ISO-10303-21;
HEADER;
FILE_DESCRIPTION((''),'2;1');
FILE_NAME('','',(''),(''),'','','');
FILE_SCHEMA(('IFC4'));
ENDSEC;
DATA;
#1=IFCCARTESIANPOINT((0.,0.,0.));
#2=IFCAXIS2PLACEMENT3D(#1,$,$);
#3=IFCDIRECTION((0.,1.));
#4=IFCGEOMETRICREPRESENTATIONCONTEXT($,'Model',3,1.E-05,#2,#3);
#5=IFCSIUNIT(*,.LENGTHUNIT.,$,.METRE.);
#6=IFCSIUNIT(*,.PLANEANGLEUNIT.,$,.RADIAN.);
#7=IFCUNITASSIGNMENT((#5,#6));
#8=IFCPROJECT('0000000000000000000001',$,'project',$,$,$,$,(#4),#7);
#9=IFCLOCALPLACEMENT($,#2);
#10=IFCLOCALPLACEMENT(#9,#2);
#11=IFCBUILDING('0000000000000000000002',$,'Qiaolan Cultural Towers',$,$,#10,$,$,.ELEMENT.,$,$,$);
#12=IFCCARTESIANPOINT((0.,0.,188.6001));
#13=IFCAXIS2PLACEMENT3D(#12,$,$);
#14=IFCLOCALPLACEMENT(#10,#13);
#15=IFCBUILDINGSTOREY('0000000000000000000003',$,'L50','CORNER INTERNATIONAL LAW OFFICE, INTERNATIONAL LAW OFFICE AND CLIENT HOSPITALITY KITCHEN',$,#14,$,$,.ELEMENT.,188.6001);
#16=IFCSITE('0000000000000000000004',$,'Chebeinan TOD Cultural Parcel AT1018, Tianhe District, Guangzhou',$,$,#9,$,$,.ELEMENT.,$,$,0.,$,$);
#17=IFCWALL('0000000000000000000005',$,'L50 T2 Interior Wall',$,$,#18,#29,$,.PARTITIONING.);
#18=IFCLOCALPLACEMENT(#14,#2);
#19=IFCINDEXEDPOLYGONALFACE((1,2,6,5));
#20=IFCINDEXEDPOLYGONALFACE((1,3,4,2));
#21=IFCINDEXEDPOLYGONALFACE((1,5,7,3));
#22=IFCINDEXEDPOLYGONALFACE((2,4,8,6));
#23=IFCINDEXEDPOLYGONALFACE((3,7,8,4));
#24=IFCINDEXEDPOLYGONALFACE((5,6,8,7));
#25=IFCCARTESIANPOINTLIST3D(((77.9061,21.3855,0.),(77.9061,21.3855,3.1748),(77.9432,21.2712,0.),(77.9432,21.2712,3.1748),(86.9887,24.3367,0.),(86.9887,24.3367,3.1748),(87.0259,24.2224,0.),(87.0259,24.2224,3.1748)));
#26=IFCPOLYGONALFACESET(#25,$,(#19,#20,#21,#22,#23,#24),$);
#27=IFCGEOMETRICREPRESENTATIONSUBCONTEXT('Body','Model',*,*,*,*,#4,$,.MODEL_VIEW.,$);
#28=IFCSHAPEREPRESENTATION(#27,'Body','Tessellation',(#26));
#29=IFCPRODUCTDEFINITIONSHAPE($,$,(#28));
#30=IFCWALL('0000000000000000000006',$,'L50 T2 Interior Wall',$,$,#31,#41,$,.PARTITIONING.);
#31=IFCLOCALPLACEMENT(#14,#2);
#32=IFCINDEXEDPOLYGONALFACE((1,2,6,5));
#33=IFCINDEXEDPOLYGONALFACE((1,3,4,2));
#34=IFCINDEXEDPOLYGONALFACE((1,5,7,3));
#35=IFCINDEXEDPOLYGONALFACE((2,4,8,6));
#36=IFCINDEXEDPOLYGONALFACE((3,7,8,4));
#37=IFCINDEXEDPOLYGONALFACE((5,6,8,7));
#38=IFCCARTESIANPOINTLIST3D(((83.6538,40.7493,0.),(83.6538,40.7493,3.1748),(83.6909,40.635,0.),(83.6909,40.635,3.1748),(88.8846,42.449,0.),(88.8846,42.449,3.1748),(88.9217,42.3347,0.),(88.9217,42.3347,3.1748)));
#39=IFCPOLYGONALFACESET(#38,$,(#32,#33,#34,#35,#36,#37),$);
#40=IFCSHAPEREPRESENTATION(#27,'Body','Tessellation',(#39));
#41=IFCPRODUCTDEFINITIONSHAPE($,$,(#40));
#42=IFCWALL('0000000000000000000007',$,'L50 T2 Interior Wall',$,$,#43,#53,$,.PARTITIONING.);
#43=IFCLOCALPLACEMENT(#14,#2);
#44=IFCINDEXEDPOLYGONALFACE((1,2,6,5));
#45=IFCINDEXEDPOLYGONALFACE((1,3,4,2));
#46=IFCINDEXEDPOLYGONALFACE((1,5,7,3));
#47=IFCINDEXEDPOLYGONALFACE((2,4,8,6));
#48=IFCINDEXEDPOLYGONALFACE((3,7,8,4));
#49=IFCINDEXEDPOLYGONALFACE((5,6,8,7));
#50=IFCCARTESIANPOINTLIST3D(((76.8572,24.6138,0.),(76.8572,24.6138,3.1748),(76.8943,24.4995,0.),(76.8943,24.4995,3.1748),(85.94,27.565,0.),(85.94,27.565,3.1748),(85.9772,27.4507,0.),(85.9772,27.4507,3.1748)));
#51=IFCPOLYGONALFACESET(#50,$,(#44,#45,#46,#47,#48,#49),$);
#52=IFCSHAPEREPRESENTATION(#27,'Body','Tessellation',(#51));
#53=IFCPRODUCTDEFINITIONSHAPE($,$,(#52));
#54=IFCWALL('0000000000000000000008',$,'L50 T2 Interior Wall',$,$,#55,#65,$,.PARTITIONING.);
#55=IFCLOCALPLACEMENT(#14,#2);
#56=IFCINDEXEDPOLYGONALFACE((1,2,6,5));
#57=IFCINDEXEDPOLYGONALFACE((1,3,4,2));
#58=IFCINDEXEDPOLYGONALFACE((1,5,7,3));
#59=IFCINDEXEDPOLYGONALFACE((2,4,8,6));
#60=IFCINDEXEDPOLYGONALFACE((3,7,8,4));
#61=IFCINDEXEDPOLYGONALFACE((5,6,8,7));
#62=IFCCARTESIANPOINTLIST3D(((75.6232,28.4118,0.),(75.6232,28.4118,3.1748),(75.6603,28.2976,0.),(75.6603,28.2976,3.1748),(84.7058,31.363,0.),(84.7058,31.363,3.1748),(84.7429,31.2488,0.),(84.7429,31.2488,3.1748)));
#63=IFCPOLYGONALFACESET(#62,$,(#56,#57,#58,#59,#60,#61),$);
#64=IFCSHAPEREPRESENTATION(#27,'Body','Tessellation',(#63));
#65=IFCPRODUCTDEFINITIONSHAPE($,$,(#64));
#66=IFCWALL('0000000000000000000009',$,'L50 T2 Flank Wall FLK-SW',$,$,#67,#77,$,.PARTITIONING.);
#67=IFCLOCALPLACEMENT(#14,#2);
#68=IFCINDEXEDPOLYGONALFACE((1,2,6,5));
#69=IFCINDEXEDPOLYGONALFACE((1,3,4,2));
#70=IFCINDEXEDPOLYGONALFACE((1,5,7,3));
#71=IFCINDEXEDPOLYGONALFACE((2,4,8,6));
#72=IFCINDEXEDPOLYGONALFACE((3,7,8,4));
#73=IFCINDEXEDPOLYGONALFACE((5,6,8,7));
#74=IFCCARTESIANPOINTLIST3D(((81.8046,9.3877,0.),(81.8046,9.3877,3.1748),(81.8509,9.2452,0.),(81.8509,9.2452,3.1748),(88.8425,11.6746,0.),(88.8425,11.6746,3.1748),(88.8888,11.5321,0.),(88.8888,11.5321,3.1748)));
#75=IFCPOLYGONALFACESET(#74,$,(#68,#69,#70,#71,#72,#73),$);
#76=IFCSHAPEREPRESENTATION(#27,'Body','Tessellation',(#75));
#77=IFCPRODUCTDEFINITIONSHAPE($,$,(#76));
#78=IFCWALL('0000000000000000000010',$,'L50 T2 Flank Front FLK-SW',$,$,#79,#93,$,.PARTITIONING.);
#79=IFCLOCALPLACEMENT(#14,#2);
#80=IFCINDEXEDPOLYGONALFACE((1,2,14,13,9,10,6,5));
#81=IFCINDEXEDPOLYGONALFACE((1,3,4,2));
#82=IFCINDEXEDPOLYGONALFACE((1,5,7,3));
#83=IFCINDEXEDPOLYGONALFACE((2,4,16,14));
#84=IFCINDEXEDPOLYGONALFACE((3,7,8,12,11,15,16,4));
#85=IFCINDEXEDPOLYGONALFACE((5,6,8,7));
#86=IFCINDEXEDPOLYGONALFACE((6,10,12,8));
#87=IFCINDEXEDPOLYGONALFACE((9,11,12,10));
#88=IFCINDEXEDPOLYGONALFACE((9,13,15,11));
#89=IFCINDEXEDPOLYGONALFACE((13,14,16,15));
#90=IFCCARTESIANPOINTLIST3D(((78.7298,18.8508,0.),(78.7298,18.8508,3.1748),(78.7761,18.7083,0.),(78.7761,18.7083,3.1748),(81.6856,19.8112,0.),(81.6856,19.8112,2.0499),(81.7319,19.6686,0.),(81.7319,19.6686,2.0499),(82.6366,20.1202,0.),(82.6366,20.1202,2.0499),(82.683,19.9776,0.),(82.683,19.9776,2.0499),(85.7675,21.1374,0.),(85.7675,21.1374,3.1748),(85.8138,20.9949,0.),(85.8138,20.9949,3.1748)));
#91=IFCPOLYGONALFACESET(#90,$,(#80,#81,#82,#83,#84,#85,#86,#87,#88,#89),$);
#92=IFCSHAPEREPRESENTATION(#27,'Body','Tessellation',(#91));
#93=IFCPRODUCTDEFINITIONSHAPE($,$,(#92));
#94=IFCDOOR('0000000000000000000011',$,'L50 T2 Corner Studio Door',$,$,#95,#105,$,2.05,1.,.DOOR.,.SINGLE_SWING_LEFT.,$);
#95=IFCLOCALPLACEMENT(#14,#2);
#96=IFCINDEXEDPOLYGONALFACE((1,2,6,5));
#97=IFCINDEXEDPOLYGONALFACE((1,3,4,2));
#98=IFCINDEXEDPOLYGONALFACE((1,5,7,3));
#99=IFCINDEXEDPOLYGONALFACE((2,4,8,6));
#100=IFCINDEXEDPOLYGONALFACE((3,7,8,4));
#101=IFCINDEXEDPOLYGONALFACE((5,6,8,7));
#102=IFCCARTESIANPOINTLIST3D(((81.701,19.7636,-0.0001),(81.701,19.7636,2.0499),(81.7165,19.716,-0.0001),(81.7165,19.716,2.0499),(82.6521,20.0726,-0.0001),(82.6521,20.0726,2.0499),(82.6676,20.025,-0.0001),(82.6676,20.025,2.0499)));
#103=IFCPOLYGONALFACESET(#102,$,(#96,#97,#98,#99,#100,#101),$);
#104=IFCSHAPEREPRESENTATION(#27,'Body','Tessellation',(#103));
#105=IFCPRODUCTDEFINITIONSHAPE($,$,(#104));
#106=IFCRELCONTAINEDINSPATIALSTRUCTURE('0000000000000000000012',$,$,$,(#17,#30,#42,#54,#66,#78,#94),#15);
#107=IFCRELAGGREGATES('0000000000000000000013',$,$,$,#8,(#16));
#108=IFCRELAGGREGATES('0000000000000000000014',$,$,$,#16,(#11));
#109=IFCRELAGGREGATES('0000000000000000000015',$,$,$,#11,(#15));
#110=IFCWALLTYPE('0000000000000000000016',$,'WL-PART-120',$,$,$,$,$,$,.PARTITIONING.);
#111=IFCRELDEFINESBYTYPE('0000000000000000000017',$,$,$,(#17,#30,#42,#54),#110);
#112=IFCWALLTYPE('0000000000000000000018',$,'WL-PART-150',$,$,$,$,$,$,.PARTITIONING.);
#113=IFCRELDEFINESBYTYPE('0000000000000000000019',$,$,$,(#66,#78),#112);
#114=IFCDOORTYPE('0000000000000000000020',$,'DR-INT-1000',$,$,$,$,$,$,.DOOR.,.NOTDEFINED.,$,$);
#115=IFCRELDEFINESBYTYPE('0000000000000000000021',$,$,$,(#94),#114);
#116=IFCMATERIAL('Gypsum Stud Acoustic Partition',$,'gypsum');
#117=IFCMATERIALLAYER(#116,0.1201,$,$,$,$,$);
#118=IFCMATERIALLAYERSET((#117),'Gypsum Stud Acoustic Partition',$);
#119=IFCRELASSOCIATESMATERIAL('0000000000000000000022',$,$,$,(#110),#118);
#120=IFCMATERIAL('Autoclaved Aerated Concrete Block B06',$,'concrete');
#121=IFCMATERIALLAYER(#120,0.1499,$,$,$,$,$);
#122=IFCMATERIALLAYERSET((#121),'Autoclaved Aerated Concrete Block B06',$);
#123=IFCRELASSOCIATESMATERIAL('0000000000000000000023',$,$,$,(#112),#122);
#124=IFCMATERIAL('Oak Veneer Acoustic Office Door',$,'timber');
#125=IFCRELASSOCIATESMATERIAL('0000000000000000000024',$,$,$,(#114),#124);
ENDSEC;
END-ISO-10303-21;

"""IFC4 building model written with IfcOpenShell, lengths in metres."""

from ifc_helpers import new_model, si_unit, direction, frame, frame_2d, origin, place, context, subcontext, project, spatial, rectangle, extrude, material, layer, layer_set, type_object, element, fill, save


model = new_model("IFC4")

# Units and contexts
model_context = context("Model", 3, precision=1e-05, world=origin(), true_north=direction((0.0, 1.0)))
body_context = subcontext(model_context, "Body", "Model", "MODEL_VIEW")
ifc_project = project(units=[si_unit("LENGTHUNIT", "METRE"), si_unit("PLANEANGLEUNIT", "RADIAN")], contexts=[model_context])

# Site, building, storey
site_placement = place(None, origin())
site = spatial("IfcSite", under=ifc_project, at=site_placement, Name="Chebeinan TOD Cultural Parcel AT1018, Tianhe District, Guangzhou", CompositionType="ELEMENT", RefElevation=0.0)
building_placement = place(site_placement, origin())
building = spatial("IfcBuilding", under=site, at=building_placement, Name="Qiaolan Cultural Towers", CompositionType="ELEMENT")
storey_placement = place(building_placement, frame((0.0, 0.0, 188.6001)))
storey = spatial("IfcBuildingStorey", under=building, at=storey_placement, Name="L50", Description="CORNER INTERNATIONAL LAW OFFICE, INTERNATIONAL LAW OFFICE AND CLIENT HOSPITALITY KITCHEN", CompositionType="ELEMENT", Elevation=188.6001)

# Walls
ifc_material_1 = material(Name="Gypsum Stud Acoustic Partition", Category="gypsum")
ifc_layer_1 = layer(ifc_material_1, 0.1201)
ifc_layer_set_1 = layer_set([ifc_layer_1], Name="Gypsum Stud Acoustic Partition")
wall_type_1 = type_object("IfcWallType", Name="WL-PART-120", PredefinedType="PARTITIONING", material=ifc_layer_set_1)
wall_1_placement = place(storey_placement, frame((77.9248, 21.3284, 0.0), z_axis=(0.0, 0.0, 1.0), x_axis=(0.951054, 0.309025, 0.0)))
element("IfcWall", 1, at=wall_1_placement, inside=storey, type_object=wall_type_1, Name="L50 T2 Interior Wall", PredefinedType="PARTITIONING", context=body_context, shape_type="SweptSolid", body=[
    extrude(rectangle(XDim=9.55, YDim=0.1201, at=frame_2d((4.7749, 0.0))), origin(), (0.0, 0.0, 1.0), 3.1748),
])
wall_2_placement = place(storey_placement, frame((83.6724, 40.6921, 0.0), z_axis=(0.0, 0.0, 1.0), x_axis=(0.951049, 0.309041, 0.0)))
element("IfcWall", 2, at=wall_2_placement, inside=storey, type_object=wall_type_1, Name="L50 T2 Interior Wall", PredefinedType="PARTITIONING", context=body_context, shape_type="SweptSolid", body=[
    extrude(rectangle(XDim=5.5, YDim=0.1201, at=frame_2d((2.75, 0.0))), origin(), (0.0, 0.0, 1.0), 3.1748),
])
wall_3_placement = place(storey_placement, frame((76.8757, 24.5566, 0.0), z_axis=(0.0, 0.0, 1.0), x_axis=(0.951056, 0.309017, 0.0)))
element("IfcWall", 3, at=wall_3_placement, inside=storey, type_object=wall_type_1, Name="L50 T2 Interior Wall", PredefinedType="PARTITIONING", context=body_context, shape_type="SweptSolid", body=[
    extrude(rectangle(XDim=9.5503, YDim=0.1201, at=frame_2d((4.7751, 0.0))), origin(), (0.0, 0.0, 1.0), 3.1748),
])
wall_4_placement = place(storey_placement, frame((75.6418, 28.3547, 0.0), z_axis=(0.0, 0.0, 1.0), x_axis=(0.951054, 0.309025, 0.0)))
element("IfcWall", 4, at=wall_4_placement, inside=storey, type_object=wall_type_1, Name="L50 T2 Interior Wall", PredefinedType="PARTITIONING", context=body_context, shape_type="SweptSolid", body=[
    extrude(rectangle(XDim=9.55, YDim=0.1201, at=frame_2d((4.7749, 0.0))), origin(), (0.0, 0.0, 1.0), 3.1748),
])
ifc_material_2 = material(Name="Autoclaved Aerated Concrete Block B06", Category="concrete")
ifc_layer_2 = layer(ifc_material_2, 0.1499)
ifc_layer_set_2 = layer_set([ifc_layer_2], Name="Autoclaved Aerated Concrete Block B06")
wall_type_2 = type_object("IfcWallType", Name="WL-PART-150", PredefinedType="PARTITIONING", material=ifc_layer_set_2)
wall_5_placement = place(storey_placement, frame((81.8276, 9.3164, 0.0), z_axis=(0.0, 0.0, 1.0), x_axis=(0.951051, 0.309033, 0.0)))
element("IfcWall", 5, at=wall_5_placement, inside=storey, type_object=wall_type_2, Name="L50 T2 Flank Wall FLK-SW", PredefinedType="PARTITIONING", context=body_context, shape_type="SweptSolid", body=[
    extrude(rectangle(XDim=7.4001, YDim=0.1499, at=frame_2d((3.7002, 0.0))), origin(), (0.0, 0.0, 1.0), 3.1748),
])

# Wall, opening, door
wall_6_placement = place(storey_placement, frame((78.7529, 18.7795, 0.0), z_axis=(0.0, 0.0, 1.0), x_axis=(0.951061, 0.309003, 0.0)))
wall_6 = element("IfcWall", 6, at=wall_6_placement, inside=storey, type_object=wall_type_2, Name="L50 T2 Flank Front FLK-SW", PredefinedType="PARTITIONING", context=body_context, shape_type="SweptSolid", body=[
    extrude(rectangle(XDim=7.3999, YDim=0.1499, at=frame_2d((3.7, 0.0))), origin(), (0.0, 0.0, 1.0), 3.1748),
])
opening_1_placement = place(wall_6_placement, frame((3.1079, 0.0, 0.0)))
opening_1 = element("IfcOpeningElement", 7, at=opening_1_placement, cuts=wall_6, PredefinedType="OPENING", context=body_context, shape_type="SweptSolid", body=[
    extrude(rectangle(XDim=1.0, YDim=2.05, at=frame_2d((0.5, 1.0249))), frame((0.0, 0.085, 0.0), z_axis=(0.0, -1.0, 0.0), x_axis=(1.0, 0.0, 0.0)), (0.0, 0.0, 1.0), 0.1699),
])
ifc_material_3 = material(Name="Oak Veneer Acoustic Office Door", Category="timber")
door_type_1 = type_object("IfcDoorType", Name="DR-INT-1000", OperationType="NOTDEFINED", PredefinedType="DOOR", material=ifc_material_3)
door_1_placement = place(opening_1_placement, origin())
door_1 = element("IfcDoor", 8, at=door_1_placement, inside=storey, type_object=door_type_1, Name="L50 T2 Corner Studio Door", OperationType="SINGLE_SWING_LEFT", OverallHeight=2.05, OverallWidth=1.0, PredefinedType="DOOR", context=body_context, shape_type="SweptSolid", body=[
    extrude(rectangle(XDim=1.0, YDim=2.05, at=frame_2d((0.5, 1.0249))), frame((0.0, 0.0249, 0.0), z_axis=(0.0, -1.0, 0.0), x_axis=(1.0, 0.0, 0.0)), (0.0, 0.0, 1.0), 0.05),
])
fill(opening_1, door_1)

save(model, "model.ifc")
